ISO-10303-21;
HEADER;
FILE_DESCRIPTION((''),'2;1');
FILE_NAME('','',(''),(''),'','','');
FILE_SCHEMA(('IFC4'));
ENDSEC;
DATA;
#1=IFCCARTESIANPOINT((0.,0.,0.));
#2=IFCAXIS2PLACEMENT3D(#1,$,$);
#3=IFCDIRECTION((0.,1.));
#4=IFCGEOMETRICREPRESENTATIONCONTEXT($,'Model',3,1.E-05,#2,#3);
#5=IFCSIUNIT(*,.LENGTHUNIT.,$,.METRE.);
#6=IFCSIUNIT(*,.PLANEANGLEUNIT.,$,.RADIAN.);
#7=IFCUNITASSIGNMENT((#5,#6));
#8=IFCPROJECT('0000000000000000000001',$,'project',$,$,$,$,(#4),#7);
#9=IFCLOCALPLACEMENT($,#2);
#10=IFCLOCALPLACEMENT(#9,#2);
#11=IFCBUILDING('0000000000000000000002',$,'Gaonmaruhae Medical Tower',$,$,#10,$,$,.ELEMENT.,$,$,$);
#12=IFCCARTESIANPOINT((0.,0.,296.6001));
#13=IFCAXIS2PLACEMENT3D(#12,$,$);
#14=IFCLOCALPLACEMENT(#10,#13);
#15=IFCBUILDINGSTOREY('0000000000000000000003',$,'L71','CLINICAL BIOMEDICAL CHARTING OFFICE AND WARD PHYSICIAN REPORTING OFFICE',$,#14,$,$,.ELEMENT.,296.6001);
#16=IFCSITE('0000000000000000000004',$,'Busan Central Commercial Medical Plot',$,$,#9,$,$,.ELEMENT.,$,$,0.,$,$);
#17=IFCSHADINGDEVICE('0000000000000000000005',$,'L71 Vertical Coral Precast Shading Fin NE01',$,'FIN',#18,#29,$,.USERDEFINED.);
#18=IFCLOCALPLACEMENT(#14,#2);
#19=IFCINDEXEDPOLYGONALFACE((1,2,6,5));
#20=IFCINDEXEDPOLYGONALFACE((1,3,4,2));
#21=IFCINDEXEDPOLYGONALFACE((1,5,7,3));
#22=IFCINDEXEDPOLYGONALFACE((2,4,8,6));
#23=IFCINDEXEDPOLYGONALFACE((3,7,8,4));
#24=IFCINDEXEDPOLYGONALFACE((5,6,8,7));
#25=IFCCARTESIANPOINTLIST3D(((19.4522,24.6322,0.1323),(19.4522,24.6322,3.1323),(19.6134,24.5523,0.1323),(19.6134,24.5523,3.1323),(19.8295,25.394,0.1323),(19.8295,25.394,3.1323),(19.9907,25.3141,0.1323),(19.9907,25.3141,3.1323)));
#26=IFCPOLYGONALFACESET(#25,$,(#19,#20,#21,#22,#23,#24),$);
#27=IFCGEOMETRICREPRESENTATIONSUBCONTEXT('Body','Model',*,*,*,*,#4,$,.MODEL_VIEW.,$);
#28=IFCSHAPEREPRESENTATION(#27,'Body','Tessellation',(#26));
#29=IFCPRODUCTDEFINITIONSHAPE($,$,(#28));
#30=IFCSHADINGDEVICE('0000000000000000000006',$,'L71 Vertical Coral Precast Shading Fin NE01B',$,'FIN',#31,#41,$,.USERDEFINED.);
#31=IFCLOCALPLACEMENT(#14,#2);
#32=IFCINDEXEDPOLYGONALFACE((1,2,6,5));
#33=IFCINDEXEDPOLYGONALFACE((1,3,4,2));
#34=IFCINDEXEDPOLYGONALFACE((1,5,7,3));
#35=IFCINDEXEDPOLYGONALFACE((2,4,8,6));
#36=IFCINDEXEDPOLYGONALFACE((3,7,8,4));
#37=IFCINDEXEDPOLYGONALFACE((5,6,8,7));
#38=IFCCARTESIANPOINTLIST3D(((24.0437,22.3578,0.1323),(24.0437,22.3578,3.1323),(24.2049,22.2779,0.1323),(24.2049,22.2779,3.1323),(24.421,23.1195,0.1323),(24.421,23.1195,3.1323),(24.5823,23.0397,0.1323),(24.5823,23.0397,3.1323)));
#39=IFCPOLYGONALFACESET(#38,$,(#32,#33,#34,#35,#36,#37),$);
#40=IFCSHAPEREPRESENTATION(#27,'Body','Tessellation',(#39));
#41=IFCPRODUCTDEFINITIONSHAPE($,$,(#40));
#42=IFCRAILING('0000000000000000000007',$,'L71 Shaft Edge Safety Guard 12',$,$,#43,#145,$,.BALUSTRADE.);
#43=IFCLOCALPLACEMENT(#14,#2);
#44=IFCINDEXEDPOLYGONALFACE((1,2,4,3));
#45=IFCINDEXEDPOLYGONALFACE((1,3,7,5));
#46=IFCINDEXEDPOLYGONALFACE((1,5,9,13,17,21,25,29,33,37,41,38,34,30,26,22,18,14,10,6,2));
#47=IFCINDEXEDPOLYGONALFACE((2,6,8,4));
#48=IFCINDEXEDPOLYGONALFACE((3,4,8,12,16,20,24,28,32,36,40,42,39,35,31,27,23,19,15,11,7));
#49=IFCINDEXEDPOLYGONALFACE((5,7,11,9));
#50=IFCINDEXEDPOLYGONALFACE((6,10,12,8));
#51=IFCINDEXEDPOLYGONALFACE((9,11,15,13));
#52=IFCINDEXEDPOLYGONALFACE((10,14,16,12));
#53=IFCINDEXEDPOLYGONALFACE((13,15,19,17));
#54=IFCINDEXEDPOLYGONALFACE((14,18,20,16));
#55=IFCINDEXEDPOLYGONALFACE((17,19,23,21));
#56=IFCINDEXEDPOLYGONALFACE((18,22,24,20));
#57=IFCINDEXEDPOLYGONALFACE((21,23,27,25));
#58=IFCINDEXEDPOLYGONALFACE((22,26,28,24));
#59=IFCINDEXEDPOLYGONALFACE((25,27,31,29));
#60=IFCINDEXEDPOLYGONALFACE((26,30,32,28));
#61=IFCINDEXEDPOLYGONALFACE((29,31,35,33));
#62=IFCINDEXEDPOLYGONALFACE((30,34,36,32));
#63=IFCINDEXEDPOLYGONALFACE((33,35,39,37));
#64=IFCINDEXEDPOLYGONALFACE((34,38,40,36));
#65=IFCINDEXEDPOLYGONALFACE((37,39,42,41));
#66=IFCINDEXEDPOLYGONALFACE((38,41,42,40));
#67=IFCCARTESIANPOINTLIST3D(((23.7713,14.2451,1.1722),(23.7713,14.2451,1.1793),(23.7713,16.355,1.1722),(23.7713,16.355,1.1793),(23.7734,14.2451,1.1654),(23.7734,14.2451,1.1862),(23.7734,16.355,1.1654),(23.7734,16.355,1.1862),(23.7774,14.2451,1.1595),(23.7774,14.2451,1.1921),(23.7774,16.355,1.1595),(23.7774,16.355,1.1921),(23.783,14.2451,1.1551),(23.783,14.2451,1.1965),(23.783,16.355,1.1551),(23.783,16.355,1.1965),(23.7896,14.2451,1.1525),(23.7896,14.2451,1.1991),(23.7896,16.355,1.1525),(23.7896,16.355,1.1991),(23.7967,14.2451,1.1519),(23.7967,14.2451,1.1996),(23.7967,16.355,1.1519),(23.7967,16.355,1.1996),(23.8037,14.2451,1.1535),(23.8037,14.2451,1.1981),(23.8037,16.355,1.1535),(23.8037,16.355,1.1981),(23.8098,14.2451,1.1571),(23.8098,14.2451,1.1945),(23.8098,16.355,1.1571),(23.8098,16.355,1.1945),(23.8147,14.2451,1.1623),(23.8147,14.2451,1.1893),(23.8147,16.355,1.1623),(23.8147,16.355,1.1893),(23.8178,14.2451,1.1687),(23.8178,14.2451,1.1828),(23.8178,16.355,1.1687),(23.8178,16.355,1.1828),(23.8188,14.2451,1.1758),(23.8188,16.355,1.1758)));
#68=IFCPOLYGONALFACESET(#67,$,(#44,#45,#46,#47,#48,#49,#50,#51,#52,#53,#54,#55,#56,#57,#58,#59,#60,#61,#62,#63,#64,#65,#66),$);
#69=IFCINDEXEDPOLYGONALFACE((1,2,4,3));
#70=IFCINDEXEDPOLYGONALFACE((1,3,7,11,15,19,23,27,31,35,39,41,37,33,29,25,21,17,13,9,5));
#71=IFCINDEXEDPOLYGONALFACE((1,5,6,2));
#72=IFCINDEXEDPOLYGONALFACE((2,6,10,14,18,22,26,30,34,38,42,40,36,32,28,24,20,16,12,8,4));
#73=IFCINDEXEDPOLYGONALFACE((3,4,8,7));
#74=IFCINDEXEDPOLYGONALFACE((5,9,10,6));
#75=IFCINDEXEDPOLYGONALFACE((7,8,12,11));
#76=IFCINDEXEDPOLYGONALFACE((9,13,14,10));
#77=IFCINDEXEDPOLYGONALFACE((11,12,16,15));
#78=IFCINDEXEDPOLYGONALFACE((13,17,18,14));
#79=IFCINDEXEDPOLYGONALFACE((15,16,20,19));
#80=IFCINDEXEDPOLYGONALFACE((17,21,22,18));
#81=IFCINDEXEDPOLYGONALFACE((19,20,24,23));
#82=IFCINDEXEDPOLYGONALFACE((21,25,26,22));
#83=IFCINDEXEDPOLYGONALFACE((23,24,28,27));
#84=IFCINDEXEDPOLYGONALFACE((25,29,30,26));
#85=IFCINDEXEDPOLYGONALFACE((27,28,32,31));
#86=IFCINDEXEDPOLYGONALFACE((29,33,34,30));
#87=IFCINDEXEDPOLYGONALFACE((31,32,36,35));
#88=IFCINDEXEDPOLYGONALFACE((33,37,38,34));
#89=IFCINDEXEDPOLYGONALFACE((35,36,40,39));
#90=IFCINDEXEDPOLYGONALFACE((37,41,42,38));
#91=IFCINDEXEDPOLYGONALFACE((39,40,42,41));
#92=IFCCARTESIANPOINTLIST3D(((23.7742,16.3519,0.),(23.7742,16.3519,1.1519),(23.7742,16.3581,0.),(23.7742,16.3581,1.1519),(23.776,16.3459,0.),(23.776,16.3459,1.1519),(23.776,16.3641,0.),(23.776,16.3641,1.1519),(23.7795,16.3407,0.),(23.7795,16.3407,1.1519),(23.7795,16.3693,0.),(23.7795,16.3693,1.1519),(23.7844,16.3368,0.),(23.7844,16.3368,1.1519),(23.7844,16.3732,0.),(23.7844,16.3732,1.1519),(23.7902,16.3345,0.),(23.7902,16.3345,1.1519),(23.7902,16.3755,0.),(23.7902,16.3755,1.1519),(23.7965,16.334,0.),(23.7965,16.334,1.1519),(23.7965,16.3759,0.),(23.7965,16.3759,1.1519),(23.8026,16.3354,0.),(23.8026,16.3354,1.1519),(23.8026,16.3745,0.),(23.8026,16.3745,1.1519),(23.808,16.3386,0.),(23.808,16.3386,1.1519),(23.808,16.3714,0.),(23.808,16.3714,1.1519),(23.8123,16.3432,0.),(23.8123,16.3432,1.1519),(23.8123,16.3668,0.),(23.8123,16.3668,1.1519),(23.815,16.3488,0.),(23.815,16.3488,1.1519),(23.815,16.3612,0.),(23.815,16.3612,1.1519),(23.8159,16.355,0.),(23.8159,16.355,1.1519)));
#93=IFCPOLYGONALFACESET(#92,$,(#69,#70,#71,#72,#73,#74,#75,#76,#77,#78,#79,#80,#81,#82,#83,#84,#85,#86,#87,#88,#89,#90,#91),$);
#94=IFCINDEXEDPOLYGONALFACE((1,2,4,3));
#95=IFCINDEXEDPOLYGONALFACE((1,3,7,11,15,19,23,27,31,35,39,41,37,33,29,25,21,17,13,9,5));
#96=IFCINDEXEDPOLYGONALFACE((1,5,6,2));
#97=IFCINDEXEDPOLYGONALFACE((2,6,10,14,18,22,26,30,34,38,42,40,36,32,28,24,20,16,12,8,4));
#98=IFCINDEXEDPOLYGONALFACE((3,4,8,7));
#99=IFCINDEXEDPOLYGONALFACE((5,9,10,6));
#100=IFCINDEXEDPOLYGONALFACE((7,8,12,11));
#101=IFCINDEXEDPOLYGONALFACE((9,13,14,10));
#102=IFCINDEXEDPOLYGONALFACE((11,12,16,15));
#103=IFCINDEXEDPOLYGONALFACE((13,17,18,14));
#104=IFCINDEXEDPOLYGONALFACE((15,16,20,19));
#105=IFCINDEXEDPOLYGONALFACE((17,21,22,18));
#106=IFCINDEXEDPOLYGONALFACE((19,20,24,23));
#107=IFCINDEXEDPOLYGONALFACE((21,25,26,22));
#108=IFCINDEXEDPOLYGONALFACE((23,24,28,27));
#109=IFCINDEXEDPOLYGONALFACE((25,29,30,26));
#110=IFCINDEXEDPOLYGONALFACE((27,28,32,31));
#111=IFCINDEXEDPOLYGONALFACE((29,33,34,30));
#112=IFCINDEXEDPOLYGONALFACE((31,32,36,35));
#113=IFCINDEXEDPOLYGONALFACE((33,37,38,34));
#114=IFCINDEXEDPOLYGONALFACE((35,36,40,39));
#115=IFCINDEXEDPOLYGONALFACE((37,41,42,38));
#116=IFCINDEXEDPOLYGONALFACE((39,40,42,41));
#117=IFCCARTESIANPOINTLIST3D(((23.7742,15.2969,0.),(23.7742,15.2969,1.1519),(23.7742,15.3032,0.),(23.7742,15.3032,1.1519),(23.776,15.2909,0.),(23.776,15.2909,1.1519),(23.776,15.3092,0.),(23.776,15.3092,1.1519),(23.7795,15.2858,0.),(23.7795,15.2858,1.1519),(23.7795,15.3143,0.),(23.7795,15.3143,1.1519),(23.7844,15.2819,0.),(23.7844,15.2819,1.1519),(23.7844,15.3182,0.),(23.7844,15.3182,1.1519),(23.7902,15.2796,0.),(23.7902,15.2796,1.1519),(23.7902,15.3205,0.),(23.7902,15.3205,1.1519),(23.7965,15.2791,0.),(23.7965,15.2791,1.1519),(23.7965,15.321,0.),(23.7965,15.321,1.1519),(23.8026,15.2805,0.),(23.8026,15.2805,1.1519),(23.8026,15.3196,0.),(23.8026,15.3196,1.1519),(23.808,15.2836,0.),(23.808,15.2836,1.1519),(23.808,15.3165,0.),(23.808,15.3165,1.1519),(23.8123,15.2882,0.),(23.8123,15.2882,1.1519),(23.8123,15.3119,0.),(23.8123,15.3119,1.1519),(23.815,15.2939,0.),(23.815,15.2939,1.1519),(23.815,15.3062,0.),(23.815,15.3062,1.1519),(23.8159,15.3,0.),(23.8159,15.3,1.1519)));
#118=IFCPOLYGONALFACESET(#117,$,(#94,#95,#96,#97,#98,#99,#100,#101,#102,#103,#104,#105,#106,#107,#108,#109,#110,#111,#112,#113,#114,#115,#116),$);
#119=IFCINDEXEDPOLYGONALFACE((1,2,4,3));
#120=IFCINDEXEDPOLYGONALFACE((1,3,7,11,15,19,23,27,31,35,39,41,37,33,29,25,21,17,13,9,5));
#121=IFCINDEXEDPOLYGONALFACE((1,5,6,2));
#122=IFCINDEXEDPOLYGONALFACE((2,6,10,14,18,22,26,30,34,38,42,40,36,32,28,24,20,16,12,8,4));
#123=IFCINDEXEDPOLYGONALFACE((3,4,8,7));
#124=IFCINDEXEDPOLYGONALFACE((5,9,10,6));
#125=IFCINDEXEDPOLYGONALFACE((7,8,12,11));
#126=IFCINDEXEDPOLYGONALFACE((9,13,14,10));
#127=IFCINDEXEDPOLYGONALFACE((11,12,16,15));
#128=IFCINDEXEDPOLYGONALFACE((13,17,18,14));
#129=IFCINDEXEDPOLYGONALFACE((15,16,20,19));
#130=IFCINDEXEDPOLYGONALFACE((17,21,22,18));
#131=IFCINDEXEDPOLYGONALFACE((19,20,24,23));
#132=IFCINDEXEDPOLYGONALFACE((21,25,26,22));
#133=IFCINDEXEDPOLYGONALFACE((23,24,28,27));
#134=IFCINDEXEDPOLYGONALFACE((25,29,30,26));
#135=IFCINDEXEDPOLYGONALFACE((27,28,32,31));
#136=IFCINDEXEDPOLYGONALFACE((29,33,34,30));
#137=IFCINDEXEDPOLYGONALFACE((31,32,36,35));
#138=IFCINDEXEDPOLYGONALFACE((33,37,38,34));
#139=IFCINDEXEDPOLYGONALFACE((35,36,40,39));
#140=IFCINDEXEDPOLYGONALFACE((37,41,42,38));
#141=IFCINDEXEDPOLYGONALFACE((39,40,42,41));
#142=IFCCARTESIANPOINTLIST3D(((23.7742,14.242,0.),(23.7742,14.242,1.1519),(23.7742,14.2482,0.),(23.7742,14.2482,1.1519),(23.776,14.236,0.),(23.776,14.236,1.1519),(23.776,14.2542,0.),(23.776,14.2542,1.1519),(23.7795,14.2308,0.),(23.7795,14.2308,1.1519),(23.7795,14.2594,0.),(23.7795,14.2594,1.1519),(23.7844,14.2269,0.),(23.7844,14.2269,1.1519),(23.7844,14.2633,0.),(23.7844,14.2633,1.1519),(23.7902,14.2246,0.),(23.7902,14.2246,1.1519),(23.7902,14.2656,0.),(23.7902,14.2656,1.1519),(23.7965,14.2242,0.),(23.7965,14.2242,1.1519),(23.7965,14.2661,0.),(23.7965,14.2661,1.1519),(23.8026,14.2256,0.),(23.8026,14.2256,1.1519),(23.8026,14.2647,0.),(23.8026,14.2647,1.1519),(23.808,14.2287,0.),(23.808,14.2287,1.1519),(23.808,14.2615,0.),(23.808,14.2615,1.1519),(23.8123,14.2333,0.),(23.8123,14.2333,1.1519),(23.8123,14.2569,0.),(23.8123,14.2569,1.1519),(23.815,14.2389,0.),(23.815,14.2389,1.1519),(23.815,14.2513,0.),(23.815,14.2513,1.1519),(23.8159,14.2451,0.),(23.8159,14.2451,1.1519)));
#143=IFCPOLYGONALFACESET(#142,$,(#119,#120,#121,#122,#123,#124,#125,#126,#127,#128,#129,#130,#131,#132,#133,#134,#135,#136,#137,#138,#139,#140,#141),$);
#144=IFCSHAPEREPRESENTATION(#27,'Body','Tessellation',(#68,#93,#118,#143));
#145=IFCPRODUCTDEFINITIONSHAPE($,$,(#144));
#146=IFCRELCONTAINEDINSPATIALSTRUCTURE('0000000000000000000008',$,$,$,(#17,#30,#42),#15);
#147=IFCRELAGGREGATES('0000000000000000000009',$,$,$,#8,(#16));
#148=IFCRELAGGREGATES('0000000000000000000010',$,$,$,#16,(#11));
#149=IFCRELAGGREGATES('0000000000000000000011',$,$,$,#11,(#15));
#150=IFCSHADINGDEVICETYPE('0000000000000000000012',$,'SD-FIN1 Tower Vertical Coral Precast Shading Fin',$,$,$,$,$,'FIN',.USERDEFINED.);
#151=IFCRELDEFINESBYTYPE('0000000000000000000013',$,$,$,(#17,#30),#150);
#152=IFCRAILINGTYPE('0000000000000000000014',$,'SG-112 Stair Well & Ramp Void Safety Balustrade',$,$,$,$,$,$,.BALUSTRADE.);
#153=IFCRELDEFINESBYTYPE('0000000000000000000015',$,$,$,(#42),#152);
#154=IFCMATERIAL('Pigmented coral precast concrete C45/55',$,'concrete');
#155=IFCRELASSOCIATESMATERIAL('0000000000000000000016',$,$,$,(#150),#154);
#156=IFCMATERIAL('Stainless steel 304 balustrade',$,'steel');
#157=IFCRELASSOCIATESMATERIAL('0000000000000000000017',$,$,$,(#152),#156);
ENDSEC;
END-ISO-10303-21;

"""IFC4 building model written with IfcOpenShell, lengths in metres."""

from ifc_helpers import new_model, si_unit, direction, frame, origin, origin_2d, place, context, subcontext, project, spatial, rectangle, circle, extrude, material, type_object, element, save


model = new_model("IFC4")

# Units and contexts
model_context = context("Model", 3, precision=1e-05, world=origin(), true_north=direction((0.0, 1.0)))
body_context = subcontext(model_context, "Body", "Model", "MODEL_VIEW")
ifc_project = project(units=[si_unit("LENGTHUNIT", "METRE"), si_unit("PLANEANGLEUNIT", "RADIAN")], contexts=[model_context])

# Site, building, storey
site_placement = place(None, origin())
site = spatial("IfcSite", under=ifc_project, at=site_placement, Name="Busan Central Commercial Medical Plot", CompositionType="ELEMENT", RefElevation=0.0)
building_placement = place(site_placement, origin())
building = spatial("IfcBuilding", under=site, at=building_placement, Name="Gaonmaruhae Medical Tower", CompositionType="ELEMENT")
storey_placement = place(building_placement, frame((0.0, 0.0, 296.6001)))
storey = spatial("IfcBuildingStorey", under=building, at=storey_placement, Name="L71", Description="CLINICAL BIOMEDICAL CHARTING OFFICE AND WARD PHYSICIAN REPORTING OFFICE", CompositionType="ELEMENT", Elevation=296.6001)

# Shading devices
ifc_material_1 = material(Name="Pigmented coral precast concrete C45/55", Category="concrete")
shading_device_type = type_object("IfcShadingDeviceType", Name="SD-FIN1 Tower Vertical Coral Precast Shading Fin", ElementType="FIN", PredefinedType="USERDEFINED", material=ifc_material_1)
for number, where, z_axis, x_axis, name in (
    (1, (19.7214, 24.9731, 0.1323), (0.0, 0.0, 1.0), (0.896099, -0.443853, 0.0), "L71 Vertical Coral Precast Shading Fin NE01"),
    (2, (24.313, 22.6987, 0.1323), (0.0, 0.0, 1.0), (0.896099, -0.443853, 0.0), "L71 Vertical Coral Precast Shading Fin NE01B"),
):
    element("IfcShadingDevice", number, at=place(storey_placement, frame(where, z_axis=z_axis, x_axis=x_axis)), inside=storey, type_object=shading_device_type, Name=name, ObjectType="FIN", PredefinedType="USERDEFINED", context=body_context, shape_type="SweptSolid", body=[
        extrude(rectangle(XDim=0.1799, YDim=0.8501, at=origin_2d()), origin(), (0.0, 0.0, 1.0), 3.0),
    ])

# Railing
ifc_material_2 = material(Name="Stainless steel 304 balustrade", Category="steel")
railing_type = type_object("IfcRailingType", Name="SG-112 Stair Well & Ramp Void Safety Balustrade", PredefinedType="BALUSTRADE", material=ifc_material_2)
railing_placement = place(storey_placement, frame((23.7949, 16.355, 0.0)))
element("IfcRailing", 3, at=railing_placement, inside=storey, type_object=railing_type, Name="L71 Shaft Edge Safety Guard 12", PredefinedType="BALUSTRADE", context=body_context, shape_type="SweptSolid", body=[
    extrude(circle(Radius=0.0239, at=origin_2d()), frame((0.0, 0.0, 1.1758), z_axis=(0.0, -1.0, 0.0), x_axis=(1.0, 0.0, 0.0)), (0.0, 0.0, 1.0), 2.1099),
    extrude(circle(Radius=0.021, at=origin_2d()), origin(), (0.0, 0.0, 1.0), 1.1519),
    extrude(circle(Radius=0.021, at=origin_2d()), frame((0.0, -1.0549, 0.0)), (0.0, 0.0, 1.0), 1.1519),
    extrude(circle(Radius=0.021, at=origin_2d()), frame((0.0, -2.1099, 0.0)), (0.0, 0.0, 1.0), 1.1519),
])

save(model, "model.ifc")
